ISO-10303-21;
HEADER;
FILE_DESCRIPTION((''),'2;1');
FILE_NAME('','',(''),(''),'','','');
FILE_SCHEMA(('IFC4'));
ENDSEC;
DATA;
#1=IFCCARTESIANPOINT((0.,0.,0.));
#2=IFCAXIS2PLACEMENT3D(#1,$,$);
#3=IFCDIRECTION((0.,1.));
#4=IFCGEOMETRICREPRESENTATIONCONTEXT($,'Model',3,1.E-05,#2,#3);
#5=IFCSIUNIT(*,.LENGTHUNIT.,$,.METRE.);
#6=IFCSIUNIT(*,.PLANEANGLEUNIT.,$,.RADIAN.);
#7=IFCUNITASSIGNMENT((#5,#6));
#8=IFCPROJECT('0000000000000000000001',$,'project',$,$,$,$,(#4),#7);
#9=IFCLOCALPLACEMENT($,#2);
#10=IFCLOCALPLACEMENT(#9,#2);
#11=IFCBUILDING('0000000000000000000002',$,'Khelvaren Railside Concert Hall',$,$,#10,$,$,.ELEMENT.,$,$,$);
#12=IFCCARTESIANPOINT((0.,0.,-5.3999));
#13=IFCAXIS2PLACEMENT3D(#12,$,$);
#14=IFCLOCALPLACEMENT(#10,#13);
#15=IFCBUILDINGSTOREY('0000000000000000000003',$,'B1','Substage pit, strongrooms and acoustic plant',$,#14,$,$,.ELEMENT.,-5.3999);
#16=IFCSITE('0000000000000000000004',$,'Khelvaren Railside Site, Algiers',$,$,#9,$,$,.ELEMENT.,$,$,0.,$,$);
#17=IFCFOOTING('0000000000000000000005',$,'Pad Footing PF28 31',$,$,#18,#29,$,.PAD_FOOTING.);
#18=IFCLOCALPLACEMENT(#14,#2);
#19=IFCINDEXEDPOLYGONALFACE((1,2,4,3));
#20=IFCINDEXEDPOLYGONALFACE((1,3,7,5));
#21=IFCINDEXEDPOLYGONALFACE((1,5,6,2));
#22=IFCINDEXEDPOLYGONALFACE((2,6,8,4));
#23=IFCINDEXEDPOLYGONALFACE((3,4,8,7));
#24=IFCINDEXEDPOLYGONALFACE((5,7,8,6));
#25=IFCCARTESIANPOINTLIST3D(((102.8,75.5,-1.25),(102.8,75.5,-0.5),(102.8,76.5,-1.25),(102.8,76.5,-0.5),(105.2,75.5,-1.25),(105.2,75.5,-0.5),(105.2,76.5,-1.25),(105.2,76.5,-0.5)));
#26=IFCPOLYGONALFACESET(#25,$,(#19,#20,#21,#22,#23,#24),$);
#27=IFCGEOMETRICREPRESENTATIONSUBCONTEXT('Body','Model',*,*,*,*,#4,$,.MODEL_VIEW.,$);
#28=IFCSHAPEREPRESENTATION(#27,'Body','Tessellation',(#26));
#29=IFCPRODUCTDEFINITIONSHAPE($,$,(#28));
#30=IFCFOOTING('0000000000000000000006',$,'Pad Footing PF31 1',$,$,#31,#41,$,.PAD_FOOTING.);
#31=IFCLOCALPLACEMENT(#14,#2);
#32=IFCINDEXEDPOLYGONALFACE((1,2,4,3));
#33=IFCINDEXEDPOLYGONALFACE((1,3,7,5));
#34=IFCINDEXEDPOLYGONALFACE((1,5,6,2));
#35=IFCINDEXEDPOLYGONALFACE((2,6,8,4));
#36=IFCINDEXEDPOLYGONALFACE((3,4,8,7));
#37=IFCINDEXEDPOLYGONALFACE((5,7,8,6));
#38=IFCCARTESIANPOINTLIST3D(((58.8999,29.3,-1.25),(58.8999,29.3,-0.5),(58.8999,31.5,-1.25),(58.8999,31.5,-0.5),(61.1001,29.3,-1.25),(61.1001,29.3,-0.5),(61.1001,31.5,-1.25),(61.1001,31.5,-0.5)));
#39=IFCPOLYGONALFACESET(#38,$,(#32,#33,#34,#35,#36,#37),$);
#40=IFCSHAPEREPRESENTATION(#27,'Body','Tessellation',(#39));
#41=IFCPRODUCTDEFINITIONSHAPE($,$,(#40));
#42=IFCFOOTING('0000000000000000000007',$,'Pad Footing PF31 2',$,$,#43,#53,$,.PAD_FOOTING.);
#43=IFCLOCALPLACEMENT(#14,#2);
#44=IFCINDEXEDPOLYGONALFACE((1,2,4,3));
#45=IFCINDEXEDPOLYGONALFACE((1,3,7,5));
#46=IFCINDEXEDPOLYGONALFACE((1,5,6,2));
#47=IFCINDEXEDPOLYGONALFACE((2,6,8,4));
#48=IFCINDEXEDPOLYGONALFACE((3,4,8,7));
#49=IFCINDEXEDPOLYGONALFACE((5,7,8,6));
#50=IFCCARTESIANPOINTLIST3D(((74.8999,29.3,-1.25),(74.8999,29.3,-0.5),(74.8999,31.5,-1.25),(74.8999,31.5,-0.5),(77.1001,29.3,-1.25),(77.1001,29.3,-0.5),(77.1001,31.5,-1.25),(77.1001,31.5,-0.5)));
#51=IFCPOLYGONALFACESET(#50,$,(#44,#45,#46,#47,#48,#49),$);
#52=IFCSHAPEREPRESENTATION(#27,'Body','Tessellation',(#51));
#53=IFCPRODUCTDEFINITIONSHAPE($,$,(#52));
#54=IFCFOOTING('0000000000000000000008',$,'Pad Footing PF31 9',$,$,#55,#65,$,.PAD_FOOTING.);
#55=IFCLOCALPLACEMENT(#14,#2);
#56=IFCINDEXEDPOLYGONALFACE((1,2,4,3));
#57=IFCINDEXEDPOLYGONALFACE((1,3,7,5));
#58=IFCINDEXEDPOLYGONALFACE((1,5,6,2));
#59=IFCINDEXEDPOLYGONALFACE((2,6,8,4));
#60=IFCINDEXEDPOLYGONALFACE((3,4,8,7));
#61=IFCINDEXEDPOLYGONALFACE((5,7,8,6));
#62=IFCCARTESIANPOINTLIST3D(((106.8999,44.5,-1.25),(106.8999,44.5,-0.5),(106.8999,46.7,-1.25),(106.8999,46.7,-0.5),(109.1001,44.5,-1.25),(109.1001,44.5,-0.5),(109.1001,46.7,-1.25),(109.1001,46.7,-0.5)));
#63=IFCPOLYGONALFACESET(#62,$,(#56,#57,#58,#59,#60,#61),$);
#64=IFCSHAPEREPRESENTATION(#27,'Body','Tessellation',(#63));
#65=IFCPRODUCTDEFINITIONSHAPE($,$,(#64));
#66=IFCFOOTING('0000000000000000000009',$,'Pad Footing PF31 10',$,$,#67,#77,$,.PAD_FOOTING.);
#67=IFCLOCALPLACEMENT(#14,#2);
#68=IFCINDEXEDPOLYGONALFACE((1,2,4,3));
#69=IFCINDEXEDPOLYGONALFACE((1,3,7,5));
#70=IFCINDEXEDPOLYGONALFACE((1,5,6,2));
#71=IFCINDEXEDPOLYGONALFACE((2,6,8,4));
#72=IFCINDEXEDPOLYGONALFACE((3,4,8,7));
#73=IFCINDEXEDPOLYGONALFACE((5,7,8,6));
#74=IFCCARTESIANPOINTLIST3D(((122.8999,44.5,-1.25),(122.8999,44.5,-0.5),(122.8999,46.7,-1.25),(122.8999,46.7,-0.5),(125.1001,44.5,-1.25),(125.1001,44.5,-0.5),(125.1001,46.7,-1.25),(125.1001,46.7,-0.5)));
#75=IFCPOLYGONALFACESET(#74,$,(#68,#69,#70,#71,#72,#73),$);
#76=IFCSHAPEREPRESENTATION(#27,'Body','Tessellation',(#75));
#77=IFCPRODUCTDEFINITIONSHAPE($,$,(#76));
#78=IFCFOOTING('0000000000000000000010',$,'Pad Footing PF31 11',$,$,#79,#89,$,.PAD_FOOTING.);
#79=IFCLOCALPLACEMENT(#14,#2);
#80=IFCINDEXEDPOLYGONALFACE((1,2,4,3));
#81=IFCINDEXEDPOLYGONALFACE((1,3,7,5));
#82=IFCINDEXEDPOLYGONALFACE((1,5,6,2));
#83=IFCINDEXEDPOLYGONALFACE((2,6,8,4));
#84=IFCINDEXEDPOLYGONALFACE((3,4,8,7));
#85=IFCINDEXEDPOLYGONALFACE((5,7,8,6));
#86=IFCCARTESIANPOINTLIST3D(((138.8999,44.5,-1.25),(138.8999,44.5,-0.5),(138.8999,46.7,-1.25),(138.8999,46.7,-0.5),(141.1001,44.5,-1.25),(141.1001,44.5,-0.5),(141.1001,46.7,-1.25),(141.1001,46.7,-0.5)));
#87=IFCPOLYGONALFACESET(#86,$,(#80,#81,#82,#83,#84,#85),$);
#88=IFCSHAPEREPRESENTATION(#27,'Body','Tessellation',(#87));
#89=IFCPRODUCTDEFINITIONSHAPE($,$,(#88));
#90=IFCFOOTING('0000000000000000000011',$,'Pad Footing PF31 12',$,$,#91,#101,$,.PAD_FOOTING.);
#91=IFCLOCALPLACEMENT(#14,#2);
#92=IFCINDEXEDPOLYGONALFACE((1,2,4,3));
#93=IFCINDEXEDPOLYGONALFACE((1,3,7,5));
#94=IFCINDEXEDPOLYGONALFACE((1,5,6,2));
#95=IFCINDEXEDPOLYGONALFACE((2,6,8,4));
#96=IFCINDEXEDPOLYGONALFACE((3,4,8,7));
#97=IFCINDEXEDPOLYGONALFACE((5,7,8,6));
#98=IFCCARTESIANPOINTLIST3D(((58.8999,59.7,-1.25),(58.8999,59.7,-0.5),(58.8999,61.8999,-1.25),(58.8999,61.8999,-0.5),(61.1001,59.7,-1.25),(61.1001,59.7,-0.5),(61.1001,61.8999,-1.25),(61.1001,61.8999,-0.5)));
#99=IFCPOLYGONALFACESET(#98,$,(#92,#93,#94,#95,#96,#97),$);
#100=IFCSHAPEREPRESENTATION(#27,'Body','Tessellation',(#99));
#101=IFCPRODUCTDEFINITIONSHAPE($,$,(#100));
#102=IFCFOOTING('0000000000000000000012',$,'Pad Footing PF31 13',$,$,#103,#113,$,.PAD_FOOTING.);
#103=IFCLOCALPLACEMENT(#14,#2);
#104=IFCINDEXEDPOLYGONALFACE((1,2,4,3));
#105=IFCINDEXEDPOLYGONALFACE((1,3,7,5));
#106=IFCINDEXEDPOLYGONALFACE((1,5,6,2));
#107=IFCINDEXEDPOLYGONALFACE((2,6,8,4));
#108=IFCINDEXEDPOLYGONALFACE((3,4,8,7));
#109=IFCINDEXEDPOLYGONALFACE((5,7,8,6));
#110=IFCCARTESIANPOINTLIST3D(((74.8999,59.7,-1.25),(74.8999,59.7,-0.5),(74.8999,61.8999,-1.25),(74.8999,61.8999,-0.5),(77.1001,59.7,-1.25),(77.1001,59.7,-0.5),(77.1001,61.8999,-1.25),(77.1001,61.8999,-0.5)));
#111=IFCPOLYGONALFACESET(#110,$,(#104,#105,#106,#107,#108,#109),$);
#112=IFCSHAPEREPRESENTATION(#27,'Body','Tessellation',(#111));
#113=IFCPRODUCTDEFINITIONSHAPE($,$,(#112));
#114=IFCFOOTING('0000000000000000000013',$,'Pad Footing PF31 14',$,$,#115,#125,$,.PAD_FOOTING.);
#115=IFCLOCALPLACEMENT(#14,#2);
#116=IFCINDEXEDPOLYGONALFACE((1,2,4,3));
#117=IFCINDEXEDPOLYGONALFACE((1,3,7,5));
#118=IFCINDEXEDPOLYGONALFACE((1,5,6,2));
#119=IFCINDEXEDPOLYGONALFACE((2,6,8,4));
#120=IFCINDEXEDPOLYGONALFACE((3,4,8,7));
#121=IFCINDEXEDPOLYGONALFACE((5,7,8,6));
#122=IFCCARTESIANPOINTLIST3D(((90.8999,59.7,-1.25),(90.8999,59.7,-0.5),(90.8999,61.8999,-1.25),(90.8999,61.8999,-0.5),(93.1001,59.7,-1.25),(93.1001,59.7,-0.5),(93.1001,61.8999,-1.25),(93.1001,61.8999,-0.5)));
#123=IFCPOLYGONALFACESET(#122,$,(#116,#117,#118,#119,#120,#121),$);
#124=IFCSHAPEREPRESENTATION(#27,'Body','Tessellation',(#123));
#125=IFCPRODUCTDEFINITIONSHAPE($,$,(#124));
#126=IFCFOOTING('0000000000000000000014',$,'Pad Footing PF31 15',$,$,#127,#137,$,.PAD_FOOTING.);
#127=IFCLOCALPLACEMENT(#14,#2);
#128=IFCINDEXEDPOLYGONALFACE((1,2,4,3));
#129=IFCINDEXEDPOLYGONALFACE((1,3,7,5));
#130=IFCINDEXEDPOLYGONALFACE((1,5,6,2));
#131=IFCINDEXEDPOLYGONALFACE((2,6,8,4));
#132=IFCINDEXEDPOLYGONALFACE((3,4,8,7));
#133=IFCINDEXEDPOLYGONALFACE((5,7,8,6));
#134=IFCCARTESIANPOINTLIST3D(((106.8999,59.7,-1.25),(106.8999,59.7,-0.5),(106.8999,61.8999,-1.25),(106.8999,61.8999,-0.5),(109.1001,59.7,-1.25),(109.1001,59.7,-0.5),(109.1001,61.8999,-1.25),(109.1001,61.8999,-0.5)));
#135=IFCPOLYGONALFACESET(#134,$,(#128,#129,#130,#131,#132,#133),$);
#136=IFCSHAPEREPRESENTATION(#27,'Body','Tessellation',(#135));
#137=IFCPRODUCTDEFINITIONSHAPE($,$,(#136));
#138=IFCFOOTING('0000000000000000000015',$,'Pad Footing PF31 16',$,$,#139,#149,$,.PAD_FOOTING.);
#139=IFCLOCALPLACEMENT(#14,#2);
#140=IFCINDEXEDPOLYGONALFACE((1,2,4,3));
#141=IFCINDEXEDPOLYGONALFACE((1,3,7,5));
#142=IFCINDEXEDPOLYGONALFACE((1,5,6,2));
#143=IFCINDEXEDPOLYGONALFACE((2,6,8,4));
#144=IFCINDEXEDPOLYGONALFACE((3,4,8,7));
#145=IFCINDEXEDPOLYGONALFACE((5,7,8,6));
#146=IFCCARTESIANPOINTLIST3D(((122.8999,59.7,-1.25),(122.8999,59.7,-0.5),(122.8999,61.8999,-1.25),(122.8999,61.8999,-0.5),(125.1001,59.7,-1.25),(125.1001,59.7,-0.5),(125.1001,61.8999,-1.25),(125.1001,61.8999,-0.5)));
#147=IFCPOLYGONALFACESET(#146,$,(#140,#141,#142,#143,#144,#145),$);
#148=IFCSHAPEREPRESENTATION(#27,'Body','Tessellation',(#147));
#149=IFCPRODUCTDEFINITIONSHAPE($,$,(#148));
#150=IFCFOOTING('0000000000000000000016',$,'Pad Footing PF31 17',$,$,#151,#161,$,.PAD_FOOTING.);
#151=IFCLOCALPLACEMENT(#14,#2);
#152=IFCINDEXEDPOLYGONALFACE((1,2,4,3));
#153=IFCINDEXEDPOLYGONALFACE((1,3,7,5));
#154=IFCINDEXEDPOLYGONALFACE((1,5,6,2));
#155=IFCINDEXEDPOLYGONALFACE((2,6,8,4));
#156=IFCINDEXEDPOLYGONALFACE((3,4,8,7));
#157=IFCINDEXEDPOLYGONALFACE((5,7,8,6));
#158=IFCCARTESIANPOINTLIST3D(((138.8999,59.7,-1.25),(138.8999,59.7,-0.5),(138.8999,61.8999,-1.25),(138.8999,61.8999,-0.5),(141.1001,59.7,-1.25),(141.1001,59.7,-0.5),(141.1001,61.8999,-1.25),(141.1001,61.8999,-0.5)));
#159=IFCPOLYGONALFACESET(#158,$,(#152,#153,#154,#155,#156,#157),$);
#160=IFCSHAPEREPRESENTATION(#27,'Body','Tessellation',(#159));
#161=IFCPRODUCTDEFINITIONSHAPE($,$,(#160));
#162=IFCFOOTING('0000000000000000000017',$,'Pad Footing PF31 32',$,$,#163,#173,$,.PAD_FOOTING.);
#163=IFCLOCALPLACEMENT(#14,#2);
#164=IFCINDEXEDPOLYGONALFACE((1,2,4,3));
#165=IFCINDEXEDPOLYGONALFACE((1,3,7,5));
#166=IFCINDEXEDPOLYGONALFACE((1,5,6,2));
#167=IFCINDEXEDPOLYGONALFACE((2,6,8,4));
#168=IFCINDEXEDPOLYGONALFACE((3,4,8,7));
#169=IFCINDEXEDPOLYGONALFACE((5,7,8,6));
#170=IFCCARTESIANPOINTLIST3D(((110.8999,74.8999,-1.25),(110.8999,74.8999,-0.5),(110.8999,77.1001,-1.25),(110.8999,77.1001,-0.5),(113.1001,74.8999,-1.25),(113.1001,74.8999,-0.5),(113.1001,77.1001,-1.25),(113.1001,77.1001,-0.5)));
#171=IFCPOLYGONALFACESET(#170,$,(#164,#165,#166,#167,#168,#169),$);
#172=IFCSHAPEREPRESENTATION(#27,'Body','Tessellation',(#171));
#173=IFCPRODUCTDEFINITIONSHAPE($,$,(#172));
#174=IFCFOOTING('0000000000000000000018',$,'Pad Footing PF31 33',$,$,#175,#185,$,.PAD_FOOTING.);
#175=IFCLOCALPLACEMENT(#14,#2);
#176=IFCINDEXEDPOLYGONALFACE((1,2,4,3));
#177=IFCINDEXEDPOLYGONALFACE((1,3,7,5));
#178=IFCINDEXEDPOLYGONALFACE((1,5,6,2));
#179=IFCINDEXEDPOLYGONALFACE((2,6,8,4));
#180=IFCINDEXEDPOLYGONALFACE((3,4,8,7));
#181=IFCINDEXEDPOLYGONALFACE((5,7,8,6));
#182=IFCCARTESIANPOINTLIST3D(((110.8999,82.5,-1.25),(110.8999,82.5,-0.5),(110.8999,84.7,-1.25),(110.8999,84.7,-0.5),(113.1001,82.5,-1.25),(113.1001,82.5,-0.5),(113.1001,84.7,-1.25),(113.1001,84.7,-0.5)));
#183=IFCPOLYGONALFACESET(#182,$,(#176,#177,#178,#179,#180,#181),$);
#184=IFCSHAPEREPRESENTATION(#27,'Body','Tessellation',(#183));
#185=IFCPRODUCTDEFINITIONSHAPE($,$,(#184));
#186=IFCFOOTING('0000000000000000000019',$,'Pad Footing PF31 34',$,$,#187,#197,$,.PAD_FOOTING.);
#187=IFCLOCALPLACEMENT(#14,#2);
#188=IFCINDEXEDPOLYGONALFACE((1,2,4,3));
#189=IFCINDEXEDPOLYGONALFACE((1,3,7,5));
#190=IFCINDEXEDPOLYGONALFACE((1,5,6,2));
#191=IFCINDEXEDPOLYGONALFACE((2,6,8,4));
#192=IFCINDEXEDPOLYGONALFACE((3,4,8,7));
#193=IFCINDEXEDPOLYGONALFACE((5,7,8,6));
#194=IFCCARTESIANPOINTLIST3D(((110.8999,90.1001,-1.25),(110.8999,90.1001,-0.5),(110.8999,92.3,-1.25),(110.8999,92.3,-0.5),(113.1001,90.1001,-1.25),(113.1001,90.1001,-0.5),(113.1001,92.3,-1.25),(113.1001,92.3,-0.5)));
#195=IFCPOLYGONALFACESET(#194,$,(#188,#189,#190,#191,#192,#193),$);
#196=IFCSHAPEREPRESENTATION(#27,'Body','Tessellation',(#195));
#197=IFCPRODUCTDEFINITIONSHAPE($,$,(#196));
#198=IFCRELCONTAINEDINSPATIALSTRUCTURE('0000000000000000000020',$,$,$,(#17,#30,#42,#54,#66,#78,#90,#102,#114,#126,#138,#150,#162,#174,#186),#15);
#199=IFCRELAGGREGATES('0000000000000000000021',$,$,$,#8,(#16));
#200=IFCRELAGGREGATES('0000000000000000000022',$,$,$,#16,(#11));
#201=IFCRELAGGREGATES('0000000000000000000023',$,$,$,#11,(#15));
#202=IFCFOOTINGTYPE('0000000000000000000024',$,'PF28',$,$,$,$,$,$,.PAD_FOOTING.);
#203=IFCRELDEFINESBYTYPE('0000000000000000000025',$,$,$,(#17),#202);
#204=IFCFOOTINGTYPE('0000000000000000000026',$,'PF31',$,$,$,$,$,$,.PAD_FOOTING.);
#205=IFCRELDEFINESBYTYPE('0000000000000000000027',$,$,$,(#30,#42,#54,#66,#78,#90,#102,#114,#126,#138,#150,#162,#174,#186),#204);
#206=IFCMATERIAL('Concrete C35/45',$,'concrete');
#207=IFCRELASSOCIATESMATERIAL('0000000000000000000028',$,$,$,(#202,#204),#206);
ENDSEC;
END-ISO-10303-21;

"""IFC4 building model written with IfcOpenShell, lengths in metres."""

from ifc_helpers import new_model, si_unit, direction, frame, origin, place, context, subcontext, project, spatial, polyline, outline, extrude, material, type_object, element, save


model = new_model("IFC4")

# Units and contexts
model_context = context("Model", 3, precision=1e-05, world=origin(), true_north=direction((0.0, 1.0)))
body_context = subcontext(model_context, "Body", "Model", "MODEL_VIEW")
ifc_project = project(units=[si_unit("LENGTHUNIT", "METRE"), si_unit("PLANEANGLEUNIT", "RADIAN")], contexts=[model_context])

# Site, building, storey
site_placement = place(None, origin())
site = spatial("IfcSite", under=ifc_project, at=site_placement, Name="Khelvaren Railside Site, Algiers", CompositionType="ELEMENT", RefElevation=0.0)
building_placement = place(site_placement, origin())
building = spatial("IfcBuilding", under=site, at=building_placement, Name="Khelvaren Railside Concert Hall", CompositionType="ELEMENT")
storey_placement = place(building_placement, frame((0.0, 0.0, -5.3999)))
storey = spatial("IfcBuildingStorey", under=building, at=storey_placement, Name="B1", Description="Substage pit, strongrooms and acoustic plant", CompositionType="ELEMENT", Elevation=-5.3999)

# Footings
ifc_material = material(Name="Concrete C35/45", Category="concrete")
footing_type_1 = type_object("IfcFootingType", Name="PF28", PredefinedType="PAD_FOOTING", material=ifc_material)
footing_1_placement = place(storey_placement, frame((0.0, 0.0, -1.25)))
element("IfcFooting", 1, at=footing_1_placement, inside=storey, type_object=footing_type_1, Name="Pad Footing PF28 31", PredefinedType="PAD_FOOTING", context=body_context, shape_type="SweptSolid", body=[
    extrude(outline(polyline([(102.8, 75.5), (105.2, 75.5), (105.2, 76.5), (102.8, 76.5), (102.8, 75.5)])), origin(), (0.0, 0.0, 1.0), 0.75),
])
footing_type_2 = type_object("IfcFootingType", Name="PF31", PredefinedType="PAD_FOOTING", material=ifc_material)
footing_2_placement = place(storey_placement, frame((0.0, 0.0, -1.25)))
element("IfcFooting", 2, at=footing_2_placement, inside=storey, type_object=footing_type_2, Name="Pad Footing PF31 1", PredefinedType="PAD_FOOTING", context=body_context, shape_type="SweptSolid", body=[
    extrude(outline(polyline([(58.8999, 29.3), (61.1001, 29.3), (61.1001, 31.5), (58.8999, 31.5), (58.8999, 29.3)])), origin(), (0.0, 0.0, 1.0), 0.75),
])
footing_3_placement = place(storey_placement, frame((0.0, 0.0, -1.25)))
element("IfcFooting", 3, at=footing_3_placement, inside=storey, type_object=footing_type_2, Name="Pad Footing PF31 2", PredefinedType="PAD_FOOTING", context=body_context, shape_type="SweptSolid", body=[
    extrude(outline(polyline([(74.8999, 29.3), (77.1001, 29.3), (77.1001, 31.5), (74.8999, 31.5), (74.8999, 29.3)])), origin(), (0.0, 0.0, 1.0), 0.75),
])
footing_4_placement = place(storey_placement, frame((0.0, 0.0, -1.25)))
element("IfcFooting", 4, at=footing_4_placement, inside=storey, type_object=footing_type_2, Name="Pad Footing PF31 9", PredefinedType="PAD_FOOTING", context=body_context, shape_type="SweptSolid", body=[
    extrude(outline(polyline([(106.8999, 44.5), (109.1001, 44.5), (109.1001, 46.7), (106.8999, 46.7), (106.8999, 44.5)])), origin(), (0.0, 0.0, 1.0), 0.75),
])
footing_5_placement = place(storey_placement, frame((0.0, 0.0, -1.25)))
element("IfcFooting", 5, at=footing_5_placement, inside=storey, type_object=footing_type_2, Name="Pad Footing PF31 10", PredefinedType="PAD_FOOTING", context=body_context, shape_type="SweptSolid", body=[
    extrude(outline(polyline([(122.8999, 44.5), (125.1001, 44.5), (125.1001, 46.7), (122.8999, 46.7), (122.8999, 44.5)])), origin(), (0.0, 0.0, 1.0), 0.75),
])
footing_6_placement = place(storey_placement, frame((0.0, 0.0, -1.25)))
element("IfcFooting", 6, at=footing_6_placement, inside=storey, type_object=footing_type_2, Name="Pad Footing PF31 11", PredefinedType="PAD_FOOTING", context=body_context, shape_type="SweptSolid", body=[
    extrude(outline(polyline([(138.8999, 44.5), (141.1001, 44.5), (141.1001, 46.7), (138.8999, 46.7), (138.8999, 44.5)])), origin(), (0.0, 0.0, 1.0), 0.75),
])
footing_7_placement = place(storey_placement, frame((0.0, 0.0, -1.25)))
element("IfcFooting", 7, at=footing_7_placement, inside=storey, type_object=footing_type_2, Name="Pad Footing PF31 12", PredefinedType="PAD_FOOTING", context=body_context, shape_type="SweptSolid", body=[
    extrude(outline(polyline([(58.8999, 59.7), (61.1001, 59.7), (61.1001, 61.8999), (58.8999, 61.8999), (58.8999, 59.7)])), origin(), (0.0, 0.0, 1.0), 0.75),
])
footing_8_placement = place(storey_placement, frame((0.0, 0.0, -1.25)))
element("IfcFooting", 8, at=footing_8_placement, inside=storey, type_object=footing_type_2, Name="Pad Footing PF31 13", PredefinedType="PAD_FOOTING", context=body_context, shape_type="SweptSolid", body=[
    extrude(outline(polyline([(74.8999, 59.7), (77.1001, 59.7), (77.1001, 61.8999), (74.8999, 61.8999), (74.8999, 59.7)])), origin(), (0.0, 0.0, 1.0), 0.75),
])
footing_9_placement = place(storey_placement, frame((0.0, 0.0, -1.25)))
element("IfcFooting", 9, at=footing_9_placement, inside=storey, type_object=footing_type_2, Name="Pad Footing PF31 14", PredefinedType="PAD_FOOTING", context=body_context, shape_type="SweptSolid", body=[
    extrude(outline(polyline([(90.8999, 59.7), (93.1001, 59.7), (93.1001, 61.8999), (90.8999, 61.8999), (90.8999, 59.7)])), origin(), (0.0, 0.0, 1.0), 0.75),
])
footing_10_placement = place(storey_placement, frame((0.0, 0.0, -1.25)))
element("IfcFooting", 10, at=footing_10_placement, inside=storey, type_object=footing_type_2, Name="Pad Footing PF31 15", PredefinedType="PAD_FOOTING", context=body_context, shape_type="SweptSolid", body=[
    extrude(outline(polyline([(106.8999, 59.7), (109.1001, 59.7), (109.1001, 61.8999), (106.8999, 61.8999), (106.8999, 59.7)])), origin(), (0.0, 0.0, 1.0), 0.75),
])
footing_11_placement = place(storey_placement, frame((0.0, 0.0, -1.25)))
element("IfcFooting", 11, at=footing_11_placement, inside=storey, type_object=footing_type_2, Name="Pad Footing PF31 16", PredefinedType="PAD_FOOTING", context=body_context, shape_type="SweptSolid", body=[
    extrude(outline(polyline([(122.8999, 59.7), (125.1001, 59.7), (125.1001, 61.8999), (122.8999, 61.8999), (122.8999, 59.7)])), origin(), (0.0, 0.0, 1.0), 0.75),
])
footing_12_placement = place(storey_placement, frame((0.0, 0.0, -1.25)))
element("IfcFooting", 12, at=footing_12_placement, inside=storey, type_object=footing_type_2, Name="Pad Footing PF31 17", PredefinedType="PAD_FOOTING", context=body_context, shape_type="SweptSolid", body=[
    extrude(outline(polyline([(138.8999, 59.7), (141.1001, 59.7), (141.1001, 61.8999), (138.8999, 61.8999), (138.8999, 59.7)])), origin(), (0.0, 0.0, 1.0), 0.75),
])
footing_13_placement = place(storey_placement, frame((0.0, 0.0, -1.25)))
element("IfcFooting", 13, at=footing_13_placement, inside=storey, type_object=footing_type_2, Name="Pad Footing PF31 32", PredefinedType="PAD_FOOTING", context=body_context, shape_type="SweptSolid", body=[
    extrude(outline(polyline([(110.8999, 74.8999), (113.1001, 74.8999), (113.1001, 77.1001), (110.8999, 77.1001), (110.8999, 74.8999)])), origin(), (0.0, 0.0, 1.0), 0.75),
])
footing_14_placement = place(storey_placement, frame((0.0, 0.0, -1.25)))
element("IfcFooting", 14, at=footing_14_placement, inside=storey, type_object=footing_type_2, Name="Pad Footing PF31 33", PredefinedType="PAD_FOOTING", context=body_context, shape_type="SweptSolid", body=[
    extrude(outline(polyline([(110.8999, 82.5), (113.1001, 82.5), (113.1001, 84.7), (110.8999, 84.7), (110.8999, 82.5)])), origin(), (0.0, 0.0, 1.0), 0.75),
])
footing_15_placement = place(storey_placement, frame((0.0, 0.0, -1.25)))
element("IfcFooting", 15, at=footing_15_placement, inside=storey, type_object=footing_type_2, Name="Pad Footing PF31 34", PredefinedType="PAD_FOOTING", context=body_context, shape_type="SweptSolid", body=[
    extrude(outline(polyline([(110.8999, 90.1001), (113.1001, 90.1001), (113.1001, 92.3), (110.8999, 92.3), (110.8999, 90.1001)])), origin(), (0.0, 0.0, 1.0), 0.75),
])

save(model, "model.ifc")
